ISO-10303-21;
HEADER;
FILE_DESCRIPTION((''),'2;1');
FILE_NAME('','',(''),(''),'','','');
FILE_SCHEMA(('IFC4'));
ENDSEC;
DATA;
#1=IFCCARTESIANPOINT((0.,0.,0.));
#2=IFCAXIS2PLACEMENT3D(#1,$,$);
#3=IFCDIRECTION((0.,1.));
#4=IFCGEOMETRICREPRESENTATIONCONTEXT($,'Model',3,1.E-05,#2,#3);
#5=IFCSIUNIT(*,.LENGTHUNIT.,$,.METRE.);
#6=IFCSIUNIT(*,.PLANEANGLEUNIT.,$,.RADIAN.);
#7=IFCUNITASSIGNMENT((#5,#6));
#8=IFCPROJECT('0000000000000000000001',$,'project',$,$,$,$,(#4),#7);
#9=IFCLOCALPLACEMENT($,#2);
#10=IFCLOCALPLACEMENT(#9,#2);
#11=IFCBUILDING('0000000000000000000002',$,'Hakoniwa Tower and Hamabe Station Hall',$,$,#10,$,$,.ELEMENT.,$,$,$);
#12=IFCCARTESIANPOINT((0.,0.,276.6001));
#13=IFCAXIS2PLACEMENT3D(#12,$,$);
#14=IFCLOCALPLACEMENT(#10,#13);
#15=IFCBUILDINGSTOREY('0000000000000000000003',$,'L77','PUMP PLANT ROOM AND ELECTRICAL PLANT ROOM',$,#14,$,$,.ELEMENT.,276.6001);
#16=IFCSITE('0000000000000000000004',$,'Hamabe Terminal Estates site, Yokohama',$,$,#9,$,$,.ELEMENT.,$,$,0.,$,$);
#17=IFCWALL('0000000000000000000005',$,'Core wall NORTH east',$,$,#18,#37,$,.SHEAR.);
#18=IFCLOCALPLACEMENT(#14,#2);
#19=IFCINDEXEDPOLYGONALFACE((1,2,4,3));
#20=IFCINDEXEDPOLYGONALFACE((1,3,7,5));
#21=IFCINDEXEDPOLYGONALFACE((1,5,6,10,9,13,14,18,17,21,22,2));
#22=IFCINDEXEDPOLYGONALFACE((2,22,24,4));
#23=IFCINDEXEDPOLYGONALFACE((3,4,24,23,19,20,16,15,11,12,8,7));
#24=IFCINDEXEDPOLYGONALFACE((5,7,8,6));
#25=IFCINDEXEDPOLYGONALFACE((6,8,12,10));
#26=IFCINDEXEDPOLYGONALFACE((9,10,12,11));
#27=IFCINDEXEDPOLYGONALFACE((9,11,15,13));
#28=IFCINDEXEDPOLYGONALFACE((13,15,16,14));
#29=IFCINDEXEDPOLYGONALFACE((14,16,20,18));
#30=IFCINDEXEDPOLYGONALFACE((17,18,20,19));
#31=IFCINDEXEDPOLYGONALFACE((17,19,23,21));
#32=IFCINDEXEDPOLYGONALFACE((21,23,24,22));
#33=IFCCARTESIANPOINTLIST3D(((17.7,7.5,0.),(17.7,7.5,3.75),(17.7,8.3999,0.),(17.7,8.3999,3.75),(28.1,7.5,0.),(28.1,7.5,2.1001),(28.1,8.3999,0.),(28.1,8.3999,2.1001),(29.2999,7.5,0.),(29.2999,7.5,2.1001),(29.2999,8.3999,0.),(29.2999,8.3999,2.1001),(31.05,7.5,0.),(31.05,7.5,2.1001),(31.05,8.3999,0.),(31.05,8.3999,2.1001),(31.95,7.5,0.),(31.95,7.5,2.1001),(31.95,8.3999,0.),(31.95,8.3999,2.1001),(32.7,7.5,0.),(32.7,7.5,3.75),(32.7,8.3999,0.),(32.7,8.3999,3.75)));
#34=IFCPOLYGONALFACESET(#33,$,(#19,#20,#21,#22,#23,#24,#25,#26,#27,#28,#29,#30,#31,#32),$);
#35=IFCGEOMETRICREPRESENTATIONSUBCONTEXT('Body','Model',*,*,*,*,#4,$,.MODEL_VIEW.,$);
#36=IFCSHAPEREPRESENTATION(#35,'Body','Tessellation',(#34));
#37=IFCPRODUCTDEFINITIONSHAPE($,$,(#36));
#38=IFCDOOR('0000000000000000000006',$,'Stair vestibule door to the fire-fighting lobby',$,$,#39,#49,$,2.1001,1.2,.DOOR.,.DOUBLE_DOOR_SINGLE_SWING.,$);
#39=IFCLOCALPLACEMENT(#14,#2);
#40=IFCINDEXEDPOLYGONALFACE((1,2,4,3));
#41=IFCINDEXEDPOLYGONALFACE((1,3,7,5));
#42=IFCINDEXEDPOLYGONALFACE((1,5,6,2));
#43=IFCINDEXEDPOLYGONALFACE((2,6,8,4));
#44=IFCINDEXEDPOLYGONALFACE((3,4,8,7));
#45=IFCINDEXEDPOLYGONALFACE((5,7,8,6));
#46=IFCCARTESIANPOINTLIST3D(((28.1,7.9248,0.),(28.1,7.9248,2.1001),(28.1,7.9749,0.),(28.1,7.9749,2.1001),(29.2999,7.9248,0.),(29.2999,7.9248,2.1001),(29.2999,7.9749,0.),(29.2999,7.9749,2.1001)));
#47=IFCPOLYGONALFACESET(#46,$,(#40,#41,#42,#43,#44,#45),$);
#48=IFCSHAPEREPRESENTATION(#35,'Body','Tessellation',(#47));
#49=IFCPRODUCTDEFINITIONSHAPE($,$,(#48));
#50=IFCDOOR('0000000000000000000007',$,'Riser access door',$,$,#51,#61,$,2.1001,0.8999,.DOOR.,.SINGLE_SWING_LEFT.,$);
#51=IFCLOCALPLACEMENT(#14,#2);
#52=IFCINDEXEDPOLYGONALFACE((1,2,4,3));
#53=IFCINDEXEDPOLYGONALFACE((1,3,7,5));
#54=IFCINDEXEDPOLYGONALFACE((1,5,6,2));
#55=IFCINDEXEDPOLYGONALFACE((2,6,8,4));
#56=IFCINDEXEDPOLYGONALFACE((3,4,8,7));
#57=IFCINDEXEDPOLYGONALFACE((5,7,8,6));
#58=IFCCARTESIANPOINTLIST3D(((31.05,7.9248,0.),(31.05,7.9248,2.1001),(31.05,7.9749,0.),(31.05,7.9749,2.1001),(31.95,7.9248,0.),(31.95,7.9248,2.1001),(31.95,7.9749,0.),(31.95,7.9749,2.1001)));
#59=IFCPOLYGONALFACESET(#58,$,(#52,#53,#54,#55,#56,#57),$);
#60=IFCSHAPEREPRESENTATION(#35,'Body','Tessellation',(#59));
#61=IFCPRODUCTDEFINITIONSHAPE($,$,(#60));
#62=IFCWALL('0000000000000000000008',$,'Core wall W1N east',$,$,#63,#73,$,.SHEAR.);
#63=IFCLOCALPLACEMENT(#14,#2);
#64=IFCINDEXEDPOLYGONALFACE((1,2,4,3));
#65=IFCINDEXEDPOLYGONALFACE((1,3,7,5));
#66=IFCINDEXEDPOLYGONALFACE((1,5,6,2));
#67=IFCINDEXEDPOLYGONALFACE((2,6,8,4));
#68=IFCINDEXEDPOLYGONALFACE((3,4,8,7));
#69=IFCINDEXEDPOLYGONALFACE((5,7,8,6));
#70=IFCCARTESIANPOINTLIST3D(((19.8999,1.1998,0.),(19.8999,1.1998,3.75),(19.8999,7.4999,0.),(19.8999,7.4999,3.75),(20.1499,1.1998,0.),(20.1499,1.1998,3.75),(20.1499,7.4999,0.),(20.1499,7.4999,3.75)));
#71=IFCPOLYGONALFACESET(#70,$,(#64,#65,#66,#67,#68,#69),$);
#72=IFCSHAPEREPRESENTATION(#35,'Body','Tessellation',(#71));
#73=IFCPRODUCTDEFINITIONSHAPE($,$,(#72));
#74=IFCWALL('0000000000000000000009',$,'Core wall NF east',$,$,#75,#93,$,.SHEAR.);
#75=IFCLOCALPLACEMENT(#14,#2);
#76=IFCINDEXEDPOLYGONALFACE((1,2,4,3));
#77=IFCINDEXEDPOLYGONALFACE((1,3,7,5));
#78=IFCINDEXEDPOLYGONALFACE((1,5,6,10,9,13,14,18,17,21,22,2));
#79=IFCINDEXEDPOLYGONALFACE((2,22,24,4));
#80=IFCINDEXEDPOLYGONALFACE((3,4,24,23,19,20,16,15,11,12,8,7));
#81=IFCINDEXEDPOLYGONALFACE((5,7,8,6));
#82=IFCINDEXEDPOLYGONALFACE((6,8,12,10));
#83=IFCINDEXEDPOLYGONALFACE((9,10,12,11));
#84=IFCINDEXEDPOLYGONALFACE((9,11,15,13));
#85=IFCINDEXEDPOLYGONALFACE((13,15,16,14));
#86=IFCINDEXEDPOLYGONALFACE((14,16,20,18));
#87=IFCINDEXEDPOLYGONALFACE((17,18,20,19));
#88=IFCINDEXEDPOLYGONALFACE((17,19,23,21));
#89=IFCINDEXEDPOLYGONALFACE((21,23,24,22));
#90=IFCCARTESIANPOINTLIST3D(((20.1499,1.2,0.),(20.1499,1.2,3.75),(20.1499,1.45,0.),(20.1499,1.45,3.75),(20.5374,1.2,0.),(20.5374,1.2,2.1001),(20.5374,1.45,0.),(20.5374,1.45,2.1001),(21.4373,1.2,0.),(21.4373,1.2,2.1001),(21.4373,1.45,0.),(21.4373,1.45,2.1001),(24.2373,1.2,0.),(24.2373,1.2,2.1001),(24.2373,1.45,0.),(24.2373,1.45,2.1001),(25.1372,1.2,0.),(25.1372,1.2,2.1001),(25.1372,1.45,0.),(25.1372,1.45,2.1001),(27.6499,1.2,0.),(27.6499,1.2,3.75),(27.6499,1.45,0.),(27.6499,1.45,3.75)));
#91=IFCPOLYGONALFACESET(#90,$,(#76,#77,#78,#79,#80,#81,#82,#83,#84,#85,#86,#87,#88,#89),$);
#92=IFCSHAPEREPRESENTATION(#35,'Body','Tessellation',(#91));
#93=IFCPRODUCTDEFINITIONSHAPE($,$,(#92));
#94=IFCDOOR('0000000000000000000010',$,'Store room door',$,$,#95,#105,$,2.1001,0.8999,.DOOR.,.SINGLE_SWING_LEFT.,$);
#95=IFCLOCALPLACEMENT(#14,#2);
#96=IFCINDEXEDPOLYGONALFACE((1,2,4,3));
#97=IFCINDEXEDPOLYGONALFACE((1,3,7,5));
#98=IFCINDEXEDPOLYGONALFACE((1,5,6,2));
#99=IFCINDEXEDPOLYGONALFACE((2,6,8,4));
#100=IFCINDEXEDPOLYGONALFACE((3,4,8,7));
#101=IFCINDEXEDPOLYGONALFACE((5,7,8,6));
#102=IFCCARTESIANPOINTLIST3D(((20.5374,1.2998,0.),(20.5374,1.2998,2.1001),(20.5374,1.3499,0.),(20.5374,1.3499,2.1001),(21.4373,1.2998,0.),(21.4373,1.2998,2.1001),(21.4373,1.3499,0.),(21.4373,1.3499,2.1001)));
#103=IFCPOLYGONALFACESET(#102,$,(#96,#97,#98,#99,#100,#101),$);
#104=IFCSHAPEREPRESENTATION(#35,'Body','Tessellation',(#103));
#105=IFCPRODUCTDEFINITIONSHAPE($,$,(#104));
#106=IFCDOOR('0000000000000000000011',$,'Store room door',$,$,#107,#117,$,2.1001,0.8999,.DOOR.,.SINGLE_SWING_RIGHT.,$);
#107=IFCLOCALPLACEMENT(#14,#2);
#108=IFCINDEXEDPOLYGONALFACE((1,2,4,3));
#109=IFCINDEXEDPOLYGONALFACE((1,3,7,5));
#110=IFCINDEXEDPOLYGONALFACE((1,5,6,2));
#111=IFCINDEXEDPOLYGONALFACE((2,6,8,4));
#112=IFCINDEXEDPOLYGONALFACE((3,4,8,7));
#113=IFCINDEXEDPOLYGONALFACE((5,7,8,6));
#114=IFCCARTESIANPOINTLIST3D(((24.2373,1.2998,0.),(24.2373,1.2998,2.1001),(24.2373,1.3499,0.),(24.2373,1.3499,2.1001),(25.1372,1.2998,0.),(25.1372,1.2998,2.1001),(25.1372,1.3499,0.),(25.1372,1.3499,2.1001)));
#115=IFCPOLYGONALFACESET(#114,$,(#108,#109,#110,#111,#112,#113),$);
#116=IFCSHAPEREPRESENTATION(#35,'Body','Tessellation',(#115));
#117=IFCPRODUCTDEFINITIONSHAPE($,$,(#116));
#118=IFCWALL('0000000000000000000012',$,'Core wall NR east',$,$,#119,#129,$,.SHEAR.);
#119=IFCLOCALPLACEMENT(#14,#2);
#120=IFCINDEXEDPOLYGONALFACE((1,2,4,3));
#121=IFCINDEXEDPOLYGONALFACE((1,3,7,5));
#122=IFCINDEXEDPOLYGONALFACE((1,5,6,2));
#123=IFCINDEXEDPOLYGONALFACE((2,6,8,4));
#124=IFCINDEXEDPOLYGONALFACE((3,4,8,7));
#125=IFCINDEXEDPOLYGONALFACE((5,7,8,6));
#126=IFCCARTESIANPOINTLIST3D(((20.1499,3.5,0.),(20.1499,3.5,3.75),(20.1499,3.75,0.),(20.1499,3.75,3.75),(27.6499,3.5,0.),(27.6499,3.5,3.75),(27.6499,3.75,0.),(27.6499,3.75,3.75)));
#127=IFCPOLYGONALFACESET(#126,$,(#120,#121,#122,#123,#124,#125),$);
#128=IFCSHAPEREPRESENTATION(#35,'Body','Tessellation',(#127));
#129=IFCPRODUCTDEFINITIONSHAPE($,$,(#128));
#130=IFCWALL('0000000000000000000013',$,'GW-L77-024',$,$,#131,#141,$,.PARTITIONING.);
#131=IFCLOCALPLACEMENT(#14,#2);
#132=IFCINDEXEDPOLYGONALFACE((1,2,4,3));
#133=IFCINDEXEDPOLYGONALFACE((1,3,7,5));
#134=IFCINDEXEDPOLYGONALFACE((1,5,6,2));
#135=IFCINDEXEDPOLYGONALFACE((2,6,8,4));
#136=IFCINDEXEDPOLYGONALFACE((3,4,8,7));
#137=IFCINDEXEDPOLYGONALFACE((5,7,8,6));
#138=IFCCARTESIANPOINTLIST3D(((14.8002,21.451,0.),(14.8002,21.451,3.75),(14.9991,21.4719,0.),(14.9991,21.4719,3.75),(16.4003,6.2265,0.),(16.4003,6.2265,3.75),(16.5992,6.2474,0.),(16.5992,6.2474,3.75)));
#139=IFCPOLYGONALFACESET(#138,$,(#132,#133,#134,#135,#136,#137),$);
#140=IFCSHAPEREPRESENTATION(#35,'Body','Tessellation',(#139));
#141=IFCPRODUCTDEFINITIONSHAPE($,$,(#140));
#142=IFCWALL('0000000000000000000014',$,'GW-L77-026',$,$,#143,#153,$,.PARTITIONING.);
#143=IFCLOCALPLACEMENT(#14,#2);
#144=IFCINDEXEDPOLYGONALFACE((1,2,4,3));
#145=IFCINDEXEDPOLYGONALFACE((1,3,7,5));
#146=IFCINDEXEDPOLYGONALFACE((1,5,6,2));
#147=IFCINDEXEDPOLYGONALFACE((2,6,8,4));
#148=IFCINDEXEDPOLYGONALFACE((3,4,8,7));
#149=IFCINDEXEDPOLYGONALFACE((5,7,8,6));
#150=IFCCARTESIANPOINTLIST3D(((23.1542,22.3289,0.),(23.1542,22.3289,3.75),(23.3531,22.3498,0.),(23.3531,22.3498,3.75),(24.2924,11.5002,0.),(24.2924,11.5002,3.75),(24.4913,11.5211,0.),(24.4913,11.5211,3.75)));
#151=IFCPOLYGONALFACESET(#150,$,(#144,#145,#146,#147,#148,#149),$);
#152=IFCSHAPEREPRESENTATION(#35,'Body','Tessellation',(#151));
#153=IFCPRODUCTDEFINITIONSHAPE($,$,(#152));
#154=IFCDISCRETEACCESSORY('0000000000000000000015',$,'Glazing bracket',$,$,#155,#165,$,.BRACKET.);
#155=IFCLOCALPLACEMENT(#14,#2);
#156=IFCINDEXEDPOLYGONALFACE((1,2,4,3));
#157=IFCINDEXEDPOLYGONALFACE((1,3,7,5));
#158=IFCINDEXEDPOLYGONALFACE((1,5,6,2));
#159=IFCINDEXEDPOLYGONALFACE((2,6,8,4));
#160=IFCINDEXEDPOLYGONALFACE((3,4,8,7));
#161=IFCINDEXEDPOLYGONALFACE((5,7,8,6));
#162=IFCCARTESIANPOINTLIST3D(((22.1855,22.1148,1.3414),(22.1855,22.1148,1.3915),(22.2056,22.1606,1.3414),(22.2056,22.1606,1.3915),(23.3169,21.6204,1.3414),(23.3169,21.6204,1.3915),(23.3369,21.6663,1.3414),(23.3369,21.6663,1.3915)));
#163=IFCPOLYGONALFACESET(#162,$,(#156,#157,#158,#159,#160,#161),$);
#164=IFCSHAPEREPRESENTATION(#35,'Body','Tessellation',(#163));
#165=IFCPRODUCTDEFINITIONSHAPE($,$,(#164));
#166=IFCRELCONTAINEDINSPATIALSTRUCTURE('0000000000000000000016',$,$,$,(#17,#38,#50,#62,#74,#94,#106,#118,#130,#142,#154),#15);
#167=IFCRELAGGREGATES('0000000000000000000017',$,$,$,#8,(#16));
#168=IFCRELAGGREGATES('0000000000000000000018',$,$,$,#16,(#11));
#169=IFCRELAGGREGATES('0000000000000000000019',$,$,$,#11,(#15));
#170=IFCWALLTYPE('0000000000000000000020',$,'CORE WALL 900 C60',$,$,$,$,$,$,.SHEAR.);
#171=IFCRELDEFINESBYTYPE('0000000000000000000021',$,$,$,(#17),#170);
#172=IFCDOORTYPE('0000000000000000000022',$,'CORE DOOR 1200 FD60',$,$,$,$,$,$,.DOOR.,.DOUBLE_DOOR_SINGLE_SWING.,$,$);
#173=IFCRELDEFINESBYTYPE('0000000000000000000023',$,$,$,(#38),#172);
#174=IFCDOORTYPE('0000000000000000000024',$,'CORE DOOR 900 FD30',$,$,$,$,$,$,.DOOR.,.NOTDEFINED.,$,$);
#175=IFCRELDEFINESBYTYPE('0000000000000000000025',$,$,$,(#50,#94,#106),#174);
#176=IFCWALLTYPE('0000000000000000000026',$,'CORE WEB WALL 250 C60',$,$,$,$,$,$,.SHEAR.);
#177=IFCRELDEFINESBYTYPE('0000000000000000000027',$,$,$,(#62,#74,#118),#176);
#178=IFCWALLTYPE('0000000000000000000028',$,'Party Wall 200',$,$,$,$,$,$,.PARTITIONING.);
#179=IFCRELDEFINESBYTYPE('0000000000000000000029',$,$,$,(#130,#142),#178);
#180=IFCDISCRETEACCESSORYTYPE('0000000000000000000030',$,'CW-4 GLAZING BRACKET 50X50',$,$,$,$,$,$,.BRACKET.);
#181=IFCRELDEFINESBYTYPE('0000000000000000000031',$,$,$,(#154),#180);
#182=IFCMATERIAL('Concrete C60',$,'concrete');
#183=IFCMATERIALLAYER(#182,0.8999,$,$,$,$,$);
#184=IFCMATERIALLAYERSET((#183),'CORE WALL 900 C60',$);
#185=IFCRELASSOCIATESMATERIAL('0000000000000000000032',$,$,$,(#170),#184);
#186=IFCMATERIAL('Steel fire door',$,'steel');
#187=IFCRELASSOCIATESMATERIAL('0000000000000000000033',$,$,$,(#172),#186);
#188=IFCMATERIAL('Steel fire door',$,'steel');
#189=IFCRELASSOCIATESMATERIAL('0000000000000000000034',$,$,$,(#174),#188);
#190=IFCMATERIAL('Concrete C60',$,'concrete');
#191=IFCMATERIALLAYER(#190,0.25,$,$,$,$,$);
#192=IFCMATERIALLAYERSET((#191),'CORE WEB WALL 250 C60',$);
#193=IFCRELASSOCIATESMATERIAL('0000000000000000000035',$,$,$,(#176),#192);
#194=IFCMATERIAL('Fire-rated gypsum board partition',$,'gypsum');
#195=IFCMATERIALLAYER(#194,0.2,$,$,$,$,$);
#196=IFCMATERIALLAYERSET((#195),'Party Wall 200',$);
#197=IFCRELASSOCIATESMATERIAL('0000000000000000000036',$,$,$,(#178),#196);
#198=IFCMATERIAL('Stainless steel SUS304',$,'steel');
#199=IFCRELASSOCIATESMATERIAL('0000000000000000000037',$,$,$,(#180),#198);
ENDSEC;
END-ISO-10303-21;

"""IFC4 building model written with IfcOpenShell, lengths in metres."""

from ifc_helpers import new_model, si_unit, direction, frame, frame_2d, origin, origin_2d, place, context, subcontext, project, spatial, rectangle, extrude, material, layer, layer_set, material_profile, profile_set, type_object, element, fill, save


model = new_model("IFC4")

# Units and contexts
model_context = context("Model", 3, precision=1e-05, world=origin(), true_north=direction((0.0, 1.0)))
body_context = subcontext(model_context, "Body", "Model", "MODEL_VIEW")
ifc_project = project(units=[si_unit("LENGTHUNIT", "METRE"), si_unit("PLANEANGLEUNIT", "RADIAN")], contexts=[model_context])

# Site, building, storey
site_placement = place(None, origin())
site = spatial("IfcSite", under=ifc_project, at=site_placement, Name="Hamabe Terminal Estates site, Yokohama", CompositionType="ELEMENT", RefElevation=0.0)
building_placement = place(site_placement, origin())
building = spatial("IfcBuilding", under=site, at=building_placement, Name="Hakoniwa Tower and Hamabe Station Hall", CompositionType="ELEMENT")
storey_placement = place(building_placement, frame((0.0, 0.0, 276.6001)))
storey = spatial("IfcBuildingStorey", under=building, at=storey_placement, Name="L77", Description="PUMP PLANT ROOM AND ELECTRICAL PLANT ROOM", CompositionType="ELEMENT", Elevation=276.6001)

# Wall, openings, doors
ifc_material_1 = material(Name="Concrete C60", Category="concrete")
ifc_layer_1 = layer(ifc_material_1, 0.8999)
ifc_layer_set_1 = layer_set([ifc_layer_1], Name="CORE WALL 900 C60")
wall_type_1 = type_object("IfcWallType", Name="CORE WALL 900 C60", PredefinedType="SHEAR", material=ifc_layer_set_1)
wall_1_placement = place(storey_placement, frame((17.7, 7.95, 0.0), z_axis=(0.0, 0.0, 1.0), x_axis=(1.0, 0.0, 0.0)))
wall_1 = element("IfcWall", 1, at=wall_1_placement, inside=storey, type_object=wall_type_1, Name="Core wall NORTH east", PredefinedType="SHEAR", context=body_context, shape_type="SweptSolid", body=[
    extrude(rectangle(XDim=15.0, YDim=0.8999, at=frame_2d((7.5, 0.0))), origin(), (0.0, 0.0, 1.0), 3.75),
])
opening_1_placement = place(wall_1_placement, frame((10.3999, 0.0, 0.0)))
opening_1 = element("IfcOpeningElement", 2, at=opening_1_placement, cuts=wall_1, PredefinedType="OPENING", context=body_context, shape_type="SweptSolid", body=[
    extrude(rectangle(XDim=1.2, YDim=2.1001, at=frame_2d((0.6001, 1.05))), frame((0.0, 0.46, 0.0), z_axis=(0.0, -1.0, 0.0), x_axis=(1.0, 0.0, 0.0)), (0.0, 0.0, 1.0), 0.9199),
])
opening_2_placement = place(wall_1_placement, frame((13.3501, 0.0, 0.0)))
opening_2 = element("IfcOpeningElement", 3, at=opening_2_placement, cuts=wall_1, PredefinedType="OPENING", context=body_context, shape_type="SweptSolid", body=[
    extrude(rectangle(XDim=0.8999, YDim=2.1001, at=frame_2d((0.45, 1.05))), frame((0.0, 0.46, 0.0), z_axis=(0.0, -1.0, 0.0), x_axis=(1.0, 0.0, 0.0)), (0.0, 0.0, 1.0), 0.9199),
])
ifc_material_2 = material(Name="Steel fire door", Category="steel")
door_type_1 = type_object("IfcDoorType", Name="CORE DOOR 1200 FD60", OperationType="DOUBLE_DOOR_SINGLE_SWING", PredefinedType="DOOR", material=ifc_material_2)
door_1_placement = place(opening_1_placement, origin())
door_1 = element("IfcDoor", 4, at=door_1_placement, inside=storey, type_object=door_type_1, Name="Stair vestibule door to the fire-fighting lobby", OperationType="DOUBLE_DOOR_SINGLE_SWING", OverallHeight=2.1001, OverallWidth=1.2, PredefinedType="DOOR", context=body_context, shape_type="SweptSolid", body=[
    extrude(rectangle(XDim=1.2, YDim=2.1001, at=frame_2d((0.6001, 1.05))), frame((0.0, 0.0249, 0.0), z_axis=(0.0, -1.0, 0.0), x_axis=(1.0, 0.0, 0.0)), (0.0, 0.0, 1.0), 0.05),
])
fill(opening_1, door_1)
ifc_material_3 = material(Name="Steel fire door", Category="steel")
door_type_2 = type_object("IfcDoorType", Name="CORE DOOR 900 FD30", OperationType="NOTDEFINED", PredefinedType="DOOR", material=ifc_material_3)
door_2_placement = place(opening_2_placement, origin())
door_2 = element("IfcDoor", 5, at=door_2_placement, inside=storey, type_object=door_type_2, Name="Riser access door", OperationType="SINGLE_SWING_LEFT", OverallHeight=2.1001, OverallWidth=0.8999, PredefinedType="DOOR", context=body_context, shape_type="SweptSolid", body=[
    extrude(rectangle(XDim=0.8999, YDim=2.1001, at=frame_2d((0.45, 1.05))), frame((0.0, 0.0249, 0.0), z_axis=(0.0, -1.0, 0.0), x_axis=(1.0, 0.0, 0.0)), (0.0, 0.0, 1.0), 0.05),
])
fill(opening_2, door_2)

# Wall
ifc_material_4 = material(Name="Concrete C60", Category="concrete")
ifc_layer_2 = layer(ifc_material_4, 0.25)
ifc_layer_set_2 = layer_set([ifc_layer_2], Name="CORE WEB WALL 250 C60")
wall_type_2 = type_object("IfcWallType", Name="CORE WEB WALL 250 C60", PredefinedType="SHEAR", material=ifc_layer_set_2)
wall_2_placement = place(storey_placement, frame((20.0249, 1.2, 0.0), z_axis=(0.0, 0.0, 1.0), x_axis=(0.0, 1.0, 0.0)))
element("IfcWall", 6, at=wall_2_placement, inside=storey, type_object=wall_type_2, Name="Core wall W1N east", PredefinedType="SHEAR", context=body_context, shape_type="SweptSolid", body=[
    extrude(rectangle(XDim=6.3, YDim=0.25, at=frame_2d((3.1499, 0.0))), origin(), (0.0, 0.0, 1.0), 3.75),
])

# Wall, openings, doors
wall_3_placement = place(storey_placement, frame((20.1499, 1.325, 0.0), z_axis=(0.0, 0.0, 1.0), x_axis=(1.0, 0.0, 0.0)))
wall_3 = element("IfcWall", 7, at=wall_3_placement, inside=storey, type_object=wall_type_2, Name="Core wall NF east", PredefinedType="SHEAR", context=body_context, shape_type="SweptSolid", body=[
    extrude(rectangle(XDim=7.5, YDim=0.25, at=frame_2d((3.75, 0.0))), origin(), (0.0, 0.0, 1.0), 3.75),
])
opening_3_placement = place(wall_3_placement, frame((0.3875, 0.0, 0.0)))
opening_3 = element("IfcOpeningElement", 8, at=opening_3_placement, cuts=wall_3, PredefinedType="OPENING", context=body_context, shape_type="SweptSolid", body=[
    extrude(rectangle(XDim=0.8999, YDim=2.1001, at=frame_2d((0.45, 1.05))), frame((0.0, 0.135, 0.0), z_axis=(0.0, -1.0, 0.0), x_axis=(1.0, 0.0, 0.0)), (0.0, 0.0, 1.0), 0.27),
])
opening_4_placement = place(wall_3_placement, frame((4.0874, 0.0, 0.0)))
opening_4 = element("IfcOpeningElement", 9, at=opening_4_placement, cuts=wall_3, PredefinedType="OPENING", context=body_context, shape_type="SweptSolid", body=[
    extrude(rectangle(XDim=0.8999, YDim=2.1001, at=frame_2d((0.45, 1.05))), frame((0.0, 0.135, 0.0), z_axis=(0.0, -1.0, 0.0), x_axis=(1.0, 0.0, 0.0)), (0.0, 0.0, 1.0), 0.27),
])
door_3_placement = place(opening_3_placement, origin())
door_3 = element("IfcDoor", 10, at=door_3_placement, inside=storey, type_object=door_type_2, Name="Store room door", OperationType="SINGLE_SWING_LEFT", OverallHeight=2.1001, OverallWidth=0.8999, PredefinedType="DOOR", context=body_context, shape_type="SweptSolid", body=[
    extrude(rectangle(XDim=0.8999, YDim=2.1001, at=frame_2d((0.45, 1.05))), frame((0.0, 0.0249, 0.0), z_axis=(0.0, -1.0, 0.0), x_axis=(1.0, 0.0, 0.0)), (0.0, 0.0, 1.0), 0.05),
])
fill(opening_3, door_3)
door_4_placement = place(opening_4_placement, origin())
door_4 = element("IfcDoor", 11, at=door_4_placement, inside=storey, type_object=door_type_2, Name="Store room door", OperationType="SINGLE_SWING_RIGHT", OverallHeight=2.1001, OverallWidth=0.8999, PredefinedType="DOOR", context=body_context, shape_type="SweptSolid", body=[
    extrude(rectangle(XDim=0.8999, YDim=2.1001, at=frame_2d((0.45, 1.05))), frame((0.0, 0.0249, 0.0), z_axis=(0.0, -1.0, 0.0), x_axis=(1.0, 0.0, 0.0)), (0.0, 0.0, 1.0), 0.05),
])
fill(opening_4, door_4)

# Walls
wall_4_placement = place(storey_placement, frame((20.1499, 3.625, 0.0), z_axis=(0.0, 0.0, 1.0), x_axis=(1.0, 0.0, 0.0)))
element("IfcWall", 12, at=wall_4_placement, inside=storey, type_object=wall_type_2, Name="Core wall NR east", PredefinedType="SHEAR", context=body_context, shape_type="SweptSolid", body=[
    extrude(rectangle(XDim=7.5, YDim=0.25, at=frame_2d((3.75, 0.0))), origin(), (0.0, 0.0, 1.0), 3.75),
])
ifc_material_5 = material(Name="Fire-rated gypsum board partition", Category="gypsum")
ifc_layer_3 = layer(ifc_material_5, 0.2)
ifc_layer_set_3 = layer_set([ifc_layer_3], Name="Party Wall 200")
wall_type_3 = type_object("IfcWallType", Name="Party Wall 200", PredefinedType="PARTITIONING", material=ifc_layer_set_3)
wall_5_placement = place(storey_placement, frame((16.4998, 6.2368, 0.0), z_axis=(0.0, 0.0, 1.0), x_axis=(-0.104524, 0.994522, 0.0)))
element("IfcWall", 13, at=wall_5_placement, inside=storey, type_object=wall_type_3, Name="GW-L77-024", PredefinedType="PARTITIONING", context=body_context, shape_type="SweptSolid", body=[
    extrude(rectangle(XDim=15.3083, YDim=0.2, at=frame_2d((7.6543, 0.0))), origin(), (0.0, 0.0, 1.0), 3.75),
])
wall_6_placement = place(storey_placement, frame((24.3918, 11.5105, 0.0), z_axis=(0.0, 0.0, 1.0), x_axis=(-0.104531, 0.994522, 0.0)))
element("IfcWall", 14, at=wall_6_placement, inside=storey, type_object=wall_type_3, Name="GW-L77-026", PredefinedType="PARTITIONING", context=body_context, shape_type="SweptSolid", body=[
    extrude(rectangle(XDim=10.8884, YDim=0.2, at=frame_2d((5.4443, 0.0))), origin(), (0.0, 0.0, 1.0), 3.75),
])

# Discrete accessory
ifc_material_6 = material(Name="Stainless steel SUS304", Category="steel")
ifc_material_profile_1 = material_profile(ifc_material_6, rectangle(XDim=0.05, YDim=0.05, at=origin_2d()), Name="CW-4 GLAZING BRACKET 50X50")
ifc_profile_set_1 = profile_set([ifc_material_profile_1], Name="Stainless steel SUS304")
discrete_accessory_type = type_object("IfcDiscreteAccessoryType", Name="CW-4 GLAZING BRACKET 50X50", PredefinedType="BRACKET", material=ifc_profile_set_1)
discrete_accessory_1_placement = place(storey_placement, frame((22.1956, 22.1377, 1.3665), z_axis=(0.91633, -0.400425, 0.0), x_axis=(0.400425, 0.91633, 0.0)))
element("IfcDiscreteAccessory", 15, at=discrete_accessory_1_placement, inside=storey, type_object=discrete_accessory_type, Name="Glazing bracket", PredefinedType="BRACKET", context=body_context, shape_type="SweptSolid", body=[
    extrude(rectangle(XDim=0.05, YDim=0.05, at=origin_2d()), origin(), (0.0, 0.0, 1.0), 1.2346),
])

save(model, "model.ifc")
